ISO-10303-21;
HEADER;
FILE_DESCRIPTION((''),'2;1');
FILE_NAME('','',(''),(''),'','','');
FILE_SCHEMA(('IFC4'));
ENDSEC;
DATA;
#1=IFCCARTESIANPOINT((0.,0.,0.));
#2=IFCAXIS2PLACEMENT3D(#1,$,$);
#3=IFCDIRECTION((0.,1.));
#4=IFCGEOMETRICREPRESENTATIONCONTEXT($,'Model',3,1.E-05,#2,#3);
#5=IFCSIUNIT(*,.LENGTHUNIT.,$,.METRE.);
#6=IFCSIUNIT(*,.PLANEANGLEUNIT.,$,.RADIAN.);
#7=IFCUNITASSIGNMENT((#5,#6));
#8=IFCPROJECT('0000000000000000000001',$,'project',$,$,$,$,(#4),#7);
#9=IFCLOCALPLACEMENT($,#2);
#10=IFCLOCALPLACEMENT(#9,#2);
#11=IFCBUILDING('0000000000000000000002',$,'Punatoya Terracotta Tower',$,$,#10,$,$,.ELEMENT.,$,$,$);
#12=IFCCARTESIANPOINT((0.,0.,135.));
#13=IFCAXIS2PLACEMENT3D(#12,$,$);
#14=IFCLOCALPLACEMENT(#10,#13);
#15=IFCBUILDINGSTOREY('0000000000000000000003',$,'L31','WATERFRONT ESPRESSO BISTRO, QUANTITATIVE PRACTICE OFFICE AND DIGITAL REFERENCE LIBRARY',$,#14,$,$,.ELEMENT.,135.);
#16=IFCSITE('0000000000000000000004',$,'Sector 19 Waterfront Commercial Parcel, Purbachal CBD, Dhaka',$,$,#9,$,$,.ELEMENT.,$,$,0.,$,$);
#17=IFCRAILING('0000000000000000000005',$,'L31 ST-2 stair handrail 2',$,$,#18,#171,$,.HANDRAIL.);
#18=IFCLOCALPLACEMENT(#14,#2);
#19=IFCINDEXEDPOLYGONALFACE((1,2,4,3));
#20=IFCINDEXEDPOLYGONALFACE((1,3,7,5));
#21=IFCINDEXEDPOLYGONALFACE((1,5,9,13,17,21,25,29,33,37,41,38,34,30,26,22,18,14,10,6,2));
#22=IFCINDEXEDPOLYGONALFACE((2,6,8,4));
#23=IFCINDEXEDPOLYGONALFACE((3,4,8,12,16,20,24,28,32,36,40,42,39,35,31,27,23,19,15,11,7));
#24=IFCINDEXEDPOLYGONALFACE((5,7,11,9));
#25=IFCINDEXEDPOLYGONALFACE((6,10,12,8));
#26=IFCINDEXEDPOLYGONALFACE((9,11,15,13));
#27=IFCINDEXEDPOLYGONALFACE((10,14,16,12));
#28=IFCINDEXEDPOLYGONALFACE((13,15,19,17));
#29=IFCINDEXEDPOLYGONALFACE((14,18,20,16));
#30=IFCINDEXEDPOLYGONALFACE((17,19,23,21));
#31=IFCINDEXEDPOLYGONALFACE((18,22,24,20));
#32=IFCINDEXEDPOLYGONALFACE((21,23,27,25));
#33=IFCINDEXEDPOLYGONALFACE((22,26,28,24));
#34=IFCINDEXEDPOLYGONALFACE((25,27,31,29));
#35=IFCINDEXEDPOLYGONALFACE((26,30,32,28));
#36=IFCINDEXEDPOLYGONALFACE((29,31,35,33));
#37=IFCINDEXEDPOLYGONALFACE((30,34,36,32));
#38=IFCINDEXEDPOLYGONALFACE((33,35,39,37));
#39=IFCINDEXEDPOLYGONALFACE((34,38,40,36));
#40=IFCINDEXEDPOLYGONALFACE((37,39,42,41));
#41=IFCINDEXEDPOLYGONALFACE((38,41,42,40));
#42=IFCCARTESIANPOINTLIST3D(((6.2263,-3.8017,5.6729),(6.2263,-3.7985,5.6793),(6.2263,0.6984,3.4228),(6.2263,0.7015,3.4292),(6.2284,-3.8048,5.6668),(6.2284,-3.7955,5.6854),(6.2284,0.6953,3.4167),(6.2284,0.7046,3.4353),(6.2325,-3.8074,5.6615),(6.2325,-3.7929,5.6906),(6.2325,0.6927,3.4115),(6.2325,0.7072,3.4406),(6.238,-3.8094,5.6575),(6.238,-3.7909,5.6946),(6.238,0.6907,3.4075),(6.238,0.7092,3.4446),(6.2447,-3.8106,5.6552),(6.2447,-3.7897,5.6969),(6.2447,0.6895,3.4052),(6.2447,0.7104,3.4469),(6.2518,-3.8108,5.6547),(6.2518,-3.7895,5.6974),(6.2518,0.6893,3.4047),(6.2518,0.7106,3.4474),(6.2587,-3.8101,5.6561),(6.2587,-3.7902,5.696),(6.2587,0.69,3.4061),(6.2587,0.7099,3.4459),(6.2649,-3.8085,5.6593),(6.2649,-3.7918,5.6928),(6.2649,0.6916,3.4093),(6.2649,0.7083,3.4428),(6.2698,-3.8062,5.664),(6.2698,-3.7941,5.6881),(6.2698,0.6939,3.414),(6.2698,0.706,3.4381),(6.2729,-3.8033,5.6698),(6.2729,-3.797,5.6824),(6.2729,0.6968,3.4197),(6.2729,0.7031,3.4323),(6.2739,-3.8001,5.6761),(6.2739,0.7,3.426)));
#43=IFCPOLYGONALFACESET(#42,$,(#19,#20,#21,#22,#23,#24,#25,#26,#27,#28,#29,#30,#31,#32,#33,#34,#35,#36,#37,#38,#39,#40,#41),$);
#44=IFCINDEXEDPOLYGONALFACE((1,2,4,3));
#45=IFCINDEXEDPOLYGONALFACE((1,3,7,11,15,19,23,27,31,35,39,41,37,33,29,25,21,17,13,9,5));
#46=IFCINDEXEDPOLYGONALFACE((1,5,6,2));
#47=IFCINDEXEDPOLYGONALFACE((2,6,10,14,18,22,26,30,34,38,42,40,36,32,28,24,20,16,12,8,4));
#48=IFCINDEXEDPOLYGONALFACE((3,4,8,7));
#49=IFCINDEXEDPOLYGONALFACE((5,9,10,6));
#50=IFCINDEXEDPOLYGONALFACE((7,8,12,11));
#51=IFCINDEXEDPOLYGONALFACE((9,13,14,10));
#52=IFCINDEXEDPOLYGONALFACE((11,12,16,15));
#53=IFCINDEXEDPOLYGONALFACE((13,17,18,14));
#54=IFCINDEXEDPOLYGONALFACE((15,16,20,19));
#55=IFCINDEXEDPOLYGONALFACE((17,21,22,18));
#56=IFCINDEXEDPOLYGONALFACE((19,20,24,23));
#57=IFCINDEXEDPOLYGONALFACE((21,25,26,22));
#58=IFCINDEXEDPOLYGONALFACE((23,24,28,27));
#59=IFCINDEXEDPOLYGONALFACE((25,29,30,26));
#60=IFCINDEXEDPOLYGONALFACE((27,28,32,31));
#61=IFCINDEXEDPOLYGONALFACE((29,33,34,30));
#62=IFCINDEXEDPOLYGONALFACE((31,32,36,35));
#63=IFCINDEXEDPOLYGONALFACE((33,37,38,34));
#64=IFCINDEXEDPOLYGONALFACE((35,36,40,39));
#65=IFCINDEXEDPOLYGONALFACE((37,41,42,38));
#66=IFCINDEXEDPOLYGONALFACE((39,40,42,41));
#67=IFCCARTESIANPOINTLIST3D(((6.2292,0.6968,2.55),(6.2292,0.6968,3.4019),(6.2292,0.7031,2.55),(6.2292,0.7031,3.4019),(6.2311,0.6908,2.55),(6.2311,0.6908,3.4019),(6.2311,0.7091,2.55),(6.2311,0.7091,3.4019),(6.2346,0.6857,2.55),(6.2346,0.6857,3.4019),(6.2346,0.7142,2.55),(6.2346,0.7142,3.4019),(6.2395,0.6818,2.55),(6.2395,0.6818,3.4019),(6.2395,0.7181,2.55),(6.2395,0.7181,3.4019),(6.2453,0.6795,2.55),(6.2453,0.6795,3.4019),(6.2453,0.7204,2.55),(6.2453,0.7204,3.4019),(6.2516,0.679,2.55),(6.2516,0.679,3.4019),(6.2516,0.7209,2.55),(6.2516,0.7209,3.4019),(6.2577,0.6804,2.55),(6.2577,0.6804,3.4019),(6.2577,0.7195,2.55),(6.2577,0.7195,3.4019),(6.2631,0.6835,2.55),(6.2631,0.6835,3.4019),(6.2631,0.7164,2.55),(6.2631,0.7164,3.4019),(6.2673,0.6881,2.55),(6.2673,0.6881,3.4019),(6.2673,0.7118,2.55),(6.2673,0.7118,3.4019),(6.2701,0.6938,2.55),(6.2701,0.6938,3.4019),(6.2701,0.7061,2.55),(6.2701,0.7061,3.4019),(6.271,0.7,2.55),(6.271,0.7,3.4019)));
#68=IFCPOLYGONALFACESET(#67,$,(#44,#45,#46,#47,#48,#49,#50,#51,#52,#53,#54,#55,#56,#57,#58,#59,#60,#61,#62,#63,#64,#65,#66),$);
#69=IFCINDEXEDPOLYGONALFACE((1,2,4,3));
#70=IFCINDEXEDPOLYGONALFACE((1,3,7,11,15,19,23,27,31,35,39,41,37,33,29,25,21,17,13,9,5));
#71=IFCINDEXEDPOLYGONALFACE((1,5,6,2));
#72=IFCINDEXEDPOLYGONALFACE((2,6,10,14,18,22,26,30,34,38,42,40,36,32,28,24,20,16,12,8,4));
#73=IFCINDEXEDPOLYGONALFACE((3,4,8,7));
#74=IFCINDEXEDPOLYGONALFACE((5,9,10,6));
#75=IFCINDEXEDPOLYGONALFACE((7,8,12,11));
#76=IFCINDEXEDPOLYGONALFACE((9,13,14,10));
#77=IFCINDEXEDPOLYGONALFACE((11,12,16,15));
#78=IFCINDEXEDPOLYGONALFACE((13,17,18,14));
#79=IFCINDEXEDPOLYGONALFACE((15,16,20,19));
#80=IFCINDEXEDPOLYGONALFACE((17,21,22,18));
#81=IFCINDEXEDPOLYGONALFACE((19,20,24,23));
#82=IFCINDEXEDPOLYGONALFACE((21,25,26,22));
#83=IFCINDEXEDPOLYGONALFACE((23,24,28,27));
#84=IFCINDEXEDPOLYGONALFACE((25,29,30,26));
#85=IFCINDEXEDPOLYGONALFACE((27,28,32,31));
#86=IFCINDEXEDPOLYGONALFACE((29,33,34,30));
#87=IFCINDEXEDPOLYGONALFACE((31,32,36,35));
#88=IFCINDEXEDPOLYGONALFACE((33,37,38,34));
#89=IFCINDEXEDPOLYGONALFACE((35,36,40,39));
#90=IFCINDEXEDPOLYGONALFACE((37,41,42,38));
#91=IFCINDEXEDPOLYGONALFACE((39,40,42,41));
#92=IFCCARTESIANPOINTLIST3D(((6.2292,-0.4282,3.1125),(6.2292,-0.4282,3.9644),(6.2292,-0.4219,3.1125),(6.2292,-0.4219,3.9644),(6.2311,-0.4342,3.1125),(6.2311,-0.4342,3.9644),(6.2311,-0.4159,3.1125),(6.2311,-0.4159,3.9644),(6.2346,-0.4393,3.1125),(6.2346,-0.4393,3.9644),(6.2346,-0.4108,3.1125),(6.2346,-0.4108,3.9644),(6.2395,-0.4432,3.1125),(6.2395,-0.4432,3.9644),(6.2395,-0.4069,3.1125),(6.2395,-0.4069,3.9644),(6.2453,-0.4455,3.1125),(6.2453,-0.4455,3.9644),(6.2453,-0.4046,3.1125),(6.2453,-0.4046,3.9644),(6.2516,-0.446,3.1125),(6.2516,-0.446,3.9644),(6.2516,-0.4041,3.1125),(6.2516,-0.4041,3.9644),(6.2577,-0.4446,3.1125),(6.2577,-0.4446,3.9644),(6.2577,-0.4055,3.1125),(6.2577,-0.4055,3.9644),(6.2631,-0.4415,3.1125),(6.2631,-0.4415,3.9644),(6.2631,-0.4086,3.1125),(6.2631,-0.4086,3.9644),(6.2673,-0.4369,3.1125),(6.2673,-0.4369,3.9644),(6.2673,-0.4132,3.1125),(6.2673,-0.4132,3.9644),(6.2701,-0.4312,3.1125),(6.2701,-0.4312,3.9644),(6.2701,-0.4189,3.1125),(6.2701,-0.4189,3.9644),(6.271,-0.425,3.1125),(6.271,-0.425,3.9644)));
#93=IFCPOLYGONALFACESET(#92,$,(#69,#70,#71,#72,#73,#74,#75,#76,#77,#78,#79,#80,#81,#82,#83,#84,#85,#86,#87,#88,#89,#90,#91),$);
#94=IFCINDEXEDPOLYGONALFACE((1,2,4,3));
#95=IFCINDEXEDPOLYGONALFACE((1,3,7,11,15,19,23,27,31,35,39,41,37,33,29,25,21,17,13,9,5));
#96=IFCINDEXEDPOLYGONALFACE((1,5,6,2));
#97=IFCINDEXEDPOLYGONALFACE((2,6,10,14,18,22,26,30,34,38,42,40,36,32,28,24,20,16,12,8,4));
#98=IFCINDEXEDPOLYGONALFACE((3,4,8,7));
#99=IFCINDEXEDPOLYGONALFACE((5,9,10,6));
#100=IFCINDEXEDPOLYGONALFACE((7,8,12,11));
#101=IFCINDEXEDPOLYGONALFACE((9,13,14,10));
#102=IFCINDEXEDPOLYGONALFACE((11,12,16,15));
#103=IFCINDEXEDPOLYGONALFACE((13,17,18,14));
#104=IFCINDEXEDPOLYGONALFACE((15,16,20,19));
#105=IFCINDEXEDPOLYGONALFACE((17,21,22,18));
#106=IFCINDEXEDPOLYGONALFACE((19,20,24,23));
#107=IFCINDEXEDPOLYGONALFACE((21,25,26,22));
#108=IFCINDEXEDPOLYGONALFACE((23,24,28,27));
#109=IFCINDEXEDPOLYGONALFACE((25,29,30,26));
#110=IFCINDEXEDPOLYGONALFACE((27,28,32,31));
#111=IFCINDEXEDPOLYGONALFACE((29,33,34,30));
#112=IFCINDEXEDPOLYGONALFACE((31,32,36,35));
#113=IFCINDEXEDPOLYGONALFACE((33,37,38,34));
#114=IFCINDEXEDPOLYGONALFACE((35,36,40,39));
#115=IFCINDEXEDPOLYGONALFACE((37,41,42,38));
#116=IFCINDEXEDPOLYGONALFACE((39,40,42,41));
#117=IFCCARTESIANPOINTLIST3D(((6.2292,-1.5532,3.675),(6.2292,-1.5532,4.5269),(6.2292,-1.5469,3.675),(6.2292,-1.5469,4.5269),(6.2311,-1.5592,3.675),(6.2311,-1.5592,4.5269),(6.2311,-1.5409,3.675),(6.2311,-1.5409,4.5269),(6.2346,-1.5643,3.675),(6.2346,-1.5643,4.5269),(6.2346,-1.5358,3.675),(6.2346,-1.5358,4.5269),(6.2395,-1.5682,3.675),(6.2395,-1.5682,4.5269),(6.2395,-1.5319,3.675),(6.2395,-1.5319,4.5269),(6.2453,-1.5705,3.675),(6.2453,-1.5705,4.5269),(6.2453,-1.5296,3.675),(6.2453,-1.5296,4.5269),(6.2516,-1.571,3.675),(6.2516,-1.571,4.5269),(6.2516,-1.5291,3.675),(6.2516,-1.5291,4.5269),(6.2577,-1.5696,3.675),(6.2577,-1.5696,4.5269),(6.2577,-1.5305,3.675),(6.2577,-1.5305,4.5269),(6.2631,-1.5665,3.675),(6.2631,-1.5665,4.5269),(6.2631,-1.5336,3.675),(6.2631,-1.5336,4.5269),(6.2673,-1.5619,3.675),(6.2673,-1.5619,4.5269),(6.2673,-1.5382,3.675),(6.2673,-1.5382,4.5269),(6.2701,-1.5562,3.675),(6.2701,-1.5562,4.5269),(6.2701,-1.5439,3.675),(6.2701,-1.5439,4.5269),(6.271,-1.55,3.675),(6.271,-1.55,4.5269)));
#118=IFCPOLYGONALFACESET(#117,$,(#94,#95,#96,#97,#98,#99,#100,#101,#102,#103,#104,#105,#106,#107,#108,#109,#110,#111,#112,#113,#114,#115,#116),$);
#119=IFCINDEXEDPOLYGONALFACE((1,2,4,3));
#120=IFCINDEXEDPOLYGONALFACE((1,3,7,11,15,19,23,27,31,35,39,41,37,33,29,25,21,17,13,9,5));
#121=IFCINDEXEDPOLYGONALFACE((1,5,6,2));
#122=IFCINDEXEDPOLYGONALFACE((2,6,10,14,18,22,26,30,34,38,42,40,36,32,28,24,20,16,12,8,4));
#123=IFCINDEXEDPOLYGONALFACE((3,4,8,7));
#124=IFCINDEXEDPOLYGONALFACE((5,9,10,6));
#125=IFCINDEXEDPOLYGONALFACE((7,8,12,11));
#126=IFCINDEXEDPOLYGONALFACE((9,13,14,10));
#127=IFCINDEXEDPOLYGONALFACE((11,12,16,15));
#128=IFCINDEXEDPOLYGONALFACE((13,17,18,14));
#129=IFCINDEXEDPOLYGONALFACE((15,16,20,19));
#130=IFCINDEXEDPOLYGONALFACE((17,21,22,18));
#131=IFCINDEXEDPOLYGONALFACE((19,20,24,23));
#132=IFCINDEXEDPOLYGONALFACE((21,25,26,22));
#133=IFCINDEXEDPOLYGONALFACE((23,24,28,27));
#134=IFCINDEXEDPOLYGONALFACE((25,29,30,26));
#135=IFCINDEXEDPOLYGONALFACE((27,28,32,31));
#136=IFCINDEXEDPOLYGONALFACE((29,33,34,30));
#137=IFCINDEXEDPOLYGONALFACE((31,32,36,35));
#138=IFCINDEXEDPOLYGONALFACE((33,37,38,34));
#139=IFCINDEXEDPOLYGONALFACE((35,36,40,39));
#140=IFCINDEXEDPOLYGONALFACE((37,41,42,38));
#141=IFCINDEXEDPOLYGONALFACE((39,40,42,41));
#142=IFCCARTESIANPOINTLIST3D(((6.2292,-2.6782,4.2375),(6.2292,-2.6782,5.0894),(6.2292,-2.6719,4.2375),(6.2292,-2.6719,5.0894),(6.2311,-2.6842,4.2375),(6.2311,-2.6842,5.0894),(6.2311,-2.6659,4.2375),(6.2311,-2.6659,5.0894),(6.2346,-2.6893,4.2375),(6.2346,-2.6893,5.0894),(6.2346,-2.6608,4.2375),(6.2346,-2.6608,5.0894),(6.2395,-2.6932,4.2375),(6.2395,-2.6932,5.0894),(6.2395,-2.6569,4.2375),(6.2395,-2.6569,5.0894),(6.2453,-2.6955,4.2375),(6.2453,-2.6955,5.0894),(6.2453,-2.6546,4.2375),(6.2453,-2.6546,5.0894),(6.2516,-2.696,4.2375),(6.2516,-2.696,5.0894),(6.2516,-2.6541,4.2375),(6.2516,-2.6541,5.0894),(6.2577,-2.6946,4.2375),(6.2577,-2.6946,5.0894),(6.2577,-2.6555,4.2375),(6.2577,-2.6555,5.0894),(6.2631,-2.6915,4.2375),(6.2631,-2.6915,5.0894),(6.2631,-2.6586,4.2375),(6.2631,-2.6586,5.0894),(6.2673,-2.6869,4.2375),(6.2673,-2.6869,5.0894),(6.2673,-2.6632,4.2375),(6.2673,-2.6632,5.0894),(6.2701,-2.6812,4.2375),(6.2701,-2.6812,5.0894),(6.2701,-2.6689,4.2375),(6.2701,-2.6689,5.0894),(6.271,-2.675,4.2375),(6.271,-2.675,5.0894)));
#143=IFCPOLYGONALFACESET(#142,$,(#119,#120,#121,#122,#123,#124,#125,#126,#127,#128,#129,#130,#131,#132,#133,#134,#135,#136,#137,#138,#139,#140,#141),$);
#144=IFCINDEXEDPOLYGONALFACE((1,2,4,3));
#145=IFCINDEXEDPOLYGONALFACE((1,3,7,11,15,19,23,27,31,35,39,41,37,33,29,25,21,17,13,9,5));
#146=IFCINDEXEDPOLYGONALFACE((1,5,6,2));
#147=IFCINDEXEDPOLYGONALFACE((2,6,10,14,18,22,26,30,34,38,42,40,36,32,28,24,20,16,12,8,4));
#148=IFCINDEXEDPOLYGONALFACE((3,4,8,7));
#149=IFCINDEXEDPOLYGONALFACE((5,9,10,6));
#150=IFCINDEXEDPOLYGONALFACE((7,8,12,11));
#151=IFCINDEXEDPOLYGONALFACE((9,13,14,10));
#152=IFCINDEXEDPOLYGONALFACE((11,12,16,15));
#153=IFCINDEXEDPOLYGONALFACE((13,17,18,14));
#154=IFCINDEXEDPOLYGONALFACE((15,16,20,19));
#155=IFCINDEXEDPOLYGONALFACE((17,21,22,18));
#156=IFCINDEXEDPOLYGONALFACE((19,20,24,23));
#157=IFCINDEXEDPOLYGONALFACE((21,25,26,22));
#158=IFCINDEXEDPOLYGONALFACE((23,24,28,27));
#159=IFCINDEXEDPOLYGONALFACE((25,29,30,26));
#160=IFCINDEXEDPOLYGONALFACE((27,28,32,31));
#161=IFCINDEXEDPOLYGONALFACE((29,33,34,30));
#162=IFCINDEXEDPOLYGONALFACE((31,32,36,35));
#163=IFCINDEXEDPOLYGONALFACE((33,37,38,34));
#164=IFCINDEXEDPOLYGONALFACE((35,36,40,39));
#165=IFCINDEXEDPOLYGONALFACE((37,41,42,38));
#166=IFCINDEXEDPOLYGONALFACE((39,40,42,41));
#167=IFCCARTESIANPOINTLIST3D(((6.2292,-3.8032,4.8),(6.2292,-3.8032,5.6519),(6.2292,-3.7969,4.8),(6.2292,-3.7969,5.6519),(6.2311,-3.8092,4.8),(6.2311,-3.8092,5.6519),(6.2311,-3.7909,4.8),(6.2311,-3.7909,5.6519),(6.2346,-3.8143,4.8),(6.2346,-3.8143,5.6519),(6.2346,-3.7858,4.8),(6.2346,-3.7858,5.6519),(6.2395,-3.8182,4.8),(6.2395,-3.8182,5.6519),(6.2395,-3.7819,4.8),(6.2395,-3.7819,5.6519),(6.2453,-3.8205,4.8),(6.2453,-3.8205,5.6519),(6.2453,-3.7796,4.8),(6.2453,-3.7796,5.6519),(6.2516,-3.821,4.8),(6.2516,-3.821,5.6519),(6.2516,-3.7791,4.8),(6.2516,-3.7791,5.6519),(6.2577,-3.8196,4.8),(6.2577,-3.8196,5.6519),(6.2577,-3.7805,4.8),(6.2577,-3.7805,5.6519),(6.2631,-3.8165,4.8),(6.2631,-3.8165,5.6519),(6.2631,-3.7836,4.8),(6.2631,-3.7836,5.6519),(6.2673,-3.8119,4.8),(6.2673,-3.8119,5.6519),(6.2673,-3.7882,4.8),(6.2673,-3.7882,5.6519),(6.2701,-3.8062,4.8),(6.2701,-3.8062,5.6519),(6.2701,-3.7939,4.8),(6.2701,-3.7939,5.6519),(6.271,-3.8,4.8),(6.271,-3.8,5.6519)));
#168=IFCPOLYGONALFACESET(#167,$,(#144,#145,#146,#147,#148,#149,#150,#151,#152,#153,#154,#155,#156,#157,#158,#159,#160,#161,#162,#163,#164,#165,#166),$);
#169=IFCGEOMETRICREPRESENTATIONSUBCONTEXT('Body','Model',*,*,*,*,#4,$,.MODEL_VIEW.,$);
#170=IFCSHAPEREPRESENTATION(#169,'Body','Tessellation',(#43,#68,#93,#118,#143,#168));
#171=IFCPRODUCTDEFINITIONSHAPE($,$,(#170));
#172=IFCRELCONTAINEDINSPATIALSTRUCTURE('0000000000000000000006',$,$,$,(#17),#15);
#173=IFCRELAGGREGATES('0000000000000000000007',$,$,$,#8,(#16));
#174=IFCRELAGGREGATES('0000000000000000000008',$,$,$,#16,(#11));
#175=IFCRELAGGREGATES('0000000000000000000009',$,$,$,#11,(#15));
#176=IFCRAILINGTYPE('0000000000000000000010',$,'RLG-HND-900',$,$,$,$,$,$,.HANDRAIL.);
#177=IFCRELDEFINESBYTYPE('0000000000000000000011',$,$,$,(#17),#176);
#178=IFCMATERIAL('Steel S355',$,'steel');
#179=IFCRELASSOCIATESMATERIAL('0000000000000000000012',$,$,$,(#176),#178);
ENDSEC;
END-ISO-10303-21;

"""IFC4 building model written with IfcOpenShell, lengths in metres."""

from ifc_helpers import new_model, si_unit, direction, frame, origin, origin_2d, place, context, subcontext, project, spatial, circle, extrude, material, type_object, element, save


model = new_model("IFC4")

# Units and contexts
model_context = context("Model", 3, precision=1e-05, world=origin(), true_north=direction((0.0, 1.0)))
body_context = subcontext(model_context, "Body", "Model", "MODEL_VIEW")
ifc_project = project(units=[si_unit("LENGTHUNIT", "METRE"), si_unit("PLANEANGLEUNIT", "RADIAN")], contexts=[model_context])

# Site, building, storey
site_placement = place(None, origin())
site = spatial("IfcSite", under=ifc_project, at=site_placement, Name="Sector 19 Waterfront Commercial Parcel, Purbachal CBD, Dhaka", CompositionType="ELEMENT", RefElevation=0.0)
building_placement = place(site_placement, origin())
building = spatial("IfcBuilding", under=site, at=building_placement, Name="Punatoya Terracotta Tower", CompositionType="ELEMENT")
storey_placement = place(building_placement, frame((0.0, 0.0, 135.0)))
storey = spatial("IfcBuildingStorey", under=building, at=storey_placement, Name="L31", Description="WATERFRONT ESPRESSO BISTRO, QUANTITATIVE PRACTICE OFFICE AND DIGITAL REFERENCE LIBRARY", CompositionType="ELEMENT", Elevation=135.0)

# Shared definitions
ifc_material_1 = material(Name="Steel S355", Category="steel")

# Railing
railing_type_1 = type_object("IfcRailingType", Name="RLG-HND-900", PredefinedType="HANDRAIL", material=ifc_material_1)
railing_1_placement = place(storey_placement, frame((6.25, 0.7, 2.55)))
element("IfcRailing", 1, at=railing_1_placement, inside=storey, type_object=railing_type_1, Name="L31 ST-2 stair handrail 2", PredefinedType="HANDRAIL", context=body_context, shape_type="SweptSolid", body=[
    extrude(circle(Radius=0.0239, at=origin_2d()), frame((0.0, 0.0, 0.876), z_axis=(0.0, -0.894427, 0.447214), x_axis=(1.0, 0.0, 0.0)), (0.0, 0.0, 1.0), 5.0312),
    extrude(circle(Radius=0.021, at=origin_2d()), origin(), (0.0, 0.0, 1.0), 0.8518),
    extrude(circle(Radius=0.021, at=origin_2d()), frame((0.0, -1.125, 0.5625)), (0.0, 0.0, 1.0), 0.8518),
    extrude(circle(Radius=0.021, at=origin_2d()), frame((0.0, -2.25, 1.125)), (0.0, 0.0, 1.0), 0.8518),
    extrude(circle(Radius=0.021, at=origin_2d()), frame((0.0, -3.375, 1.6875)), (0.0, 0.0, 1.0), 0.8518),
    extrude(circle(Radius=0.021, at=origin_2d()), frame((0.0, -4.5, 2.25)), (0.0, 0.0, 1.0), 0.8518),
])

save(model, "model.ifc")
